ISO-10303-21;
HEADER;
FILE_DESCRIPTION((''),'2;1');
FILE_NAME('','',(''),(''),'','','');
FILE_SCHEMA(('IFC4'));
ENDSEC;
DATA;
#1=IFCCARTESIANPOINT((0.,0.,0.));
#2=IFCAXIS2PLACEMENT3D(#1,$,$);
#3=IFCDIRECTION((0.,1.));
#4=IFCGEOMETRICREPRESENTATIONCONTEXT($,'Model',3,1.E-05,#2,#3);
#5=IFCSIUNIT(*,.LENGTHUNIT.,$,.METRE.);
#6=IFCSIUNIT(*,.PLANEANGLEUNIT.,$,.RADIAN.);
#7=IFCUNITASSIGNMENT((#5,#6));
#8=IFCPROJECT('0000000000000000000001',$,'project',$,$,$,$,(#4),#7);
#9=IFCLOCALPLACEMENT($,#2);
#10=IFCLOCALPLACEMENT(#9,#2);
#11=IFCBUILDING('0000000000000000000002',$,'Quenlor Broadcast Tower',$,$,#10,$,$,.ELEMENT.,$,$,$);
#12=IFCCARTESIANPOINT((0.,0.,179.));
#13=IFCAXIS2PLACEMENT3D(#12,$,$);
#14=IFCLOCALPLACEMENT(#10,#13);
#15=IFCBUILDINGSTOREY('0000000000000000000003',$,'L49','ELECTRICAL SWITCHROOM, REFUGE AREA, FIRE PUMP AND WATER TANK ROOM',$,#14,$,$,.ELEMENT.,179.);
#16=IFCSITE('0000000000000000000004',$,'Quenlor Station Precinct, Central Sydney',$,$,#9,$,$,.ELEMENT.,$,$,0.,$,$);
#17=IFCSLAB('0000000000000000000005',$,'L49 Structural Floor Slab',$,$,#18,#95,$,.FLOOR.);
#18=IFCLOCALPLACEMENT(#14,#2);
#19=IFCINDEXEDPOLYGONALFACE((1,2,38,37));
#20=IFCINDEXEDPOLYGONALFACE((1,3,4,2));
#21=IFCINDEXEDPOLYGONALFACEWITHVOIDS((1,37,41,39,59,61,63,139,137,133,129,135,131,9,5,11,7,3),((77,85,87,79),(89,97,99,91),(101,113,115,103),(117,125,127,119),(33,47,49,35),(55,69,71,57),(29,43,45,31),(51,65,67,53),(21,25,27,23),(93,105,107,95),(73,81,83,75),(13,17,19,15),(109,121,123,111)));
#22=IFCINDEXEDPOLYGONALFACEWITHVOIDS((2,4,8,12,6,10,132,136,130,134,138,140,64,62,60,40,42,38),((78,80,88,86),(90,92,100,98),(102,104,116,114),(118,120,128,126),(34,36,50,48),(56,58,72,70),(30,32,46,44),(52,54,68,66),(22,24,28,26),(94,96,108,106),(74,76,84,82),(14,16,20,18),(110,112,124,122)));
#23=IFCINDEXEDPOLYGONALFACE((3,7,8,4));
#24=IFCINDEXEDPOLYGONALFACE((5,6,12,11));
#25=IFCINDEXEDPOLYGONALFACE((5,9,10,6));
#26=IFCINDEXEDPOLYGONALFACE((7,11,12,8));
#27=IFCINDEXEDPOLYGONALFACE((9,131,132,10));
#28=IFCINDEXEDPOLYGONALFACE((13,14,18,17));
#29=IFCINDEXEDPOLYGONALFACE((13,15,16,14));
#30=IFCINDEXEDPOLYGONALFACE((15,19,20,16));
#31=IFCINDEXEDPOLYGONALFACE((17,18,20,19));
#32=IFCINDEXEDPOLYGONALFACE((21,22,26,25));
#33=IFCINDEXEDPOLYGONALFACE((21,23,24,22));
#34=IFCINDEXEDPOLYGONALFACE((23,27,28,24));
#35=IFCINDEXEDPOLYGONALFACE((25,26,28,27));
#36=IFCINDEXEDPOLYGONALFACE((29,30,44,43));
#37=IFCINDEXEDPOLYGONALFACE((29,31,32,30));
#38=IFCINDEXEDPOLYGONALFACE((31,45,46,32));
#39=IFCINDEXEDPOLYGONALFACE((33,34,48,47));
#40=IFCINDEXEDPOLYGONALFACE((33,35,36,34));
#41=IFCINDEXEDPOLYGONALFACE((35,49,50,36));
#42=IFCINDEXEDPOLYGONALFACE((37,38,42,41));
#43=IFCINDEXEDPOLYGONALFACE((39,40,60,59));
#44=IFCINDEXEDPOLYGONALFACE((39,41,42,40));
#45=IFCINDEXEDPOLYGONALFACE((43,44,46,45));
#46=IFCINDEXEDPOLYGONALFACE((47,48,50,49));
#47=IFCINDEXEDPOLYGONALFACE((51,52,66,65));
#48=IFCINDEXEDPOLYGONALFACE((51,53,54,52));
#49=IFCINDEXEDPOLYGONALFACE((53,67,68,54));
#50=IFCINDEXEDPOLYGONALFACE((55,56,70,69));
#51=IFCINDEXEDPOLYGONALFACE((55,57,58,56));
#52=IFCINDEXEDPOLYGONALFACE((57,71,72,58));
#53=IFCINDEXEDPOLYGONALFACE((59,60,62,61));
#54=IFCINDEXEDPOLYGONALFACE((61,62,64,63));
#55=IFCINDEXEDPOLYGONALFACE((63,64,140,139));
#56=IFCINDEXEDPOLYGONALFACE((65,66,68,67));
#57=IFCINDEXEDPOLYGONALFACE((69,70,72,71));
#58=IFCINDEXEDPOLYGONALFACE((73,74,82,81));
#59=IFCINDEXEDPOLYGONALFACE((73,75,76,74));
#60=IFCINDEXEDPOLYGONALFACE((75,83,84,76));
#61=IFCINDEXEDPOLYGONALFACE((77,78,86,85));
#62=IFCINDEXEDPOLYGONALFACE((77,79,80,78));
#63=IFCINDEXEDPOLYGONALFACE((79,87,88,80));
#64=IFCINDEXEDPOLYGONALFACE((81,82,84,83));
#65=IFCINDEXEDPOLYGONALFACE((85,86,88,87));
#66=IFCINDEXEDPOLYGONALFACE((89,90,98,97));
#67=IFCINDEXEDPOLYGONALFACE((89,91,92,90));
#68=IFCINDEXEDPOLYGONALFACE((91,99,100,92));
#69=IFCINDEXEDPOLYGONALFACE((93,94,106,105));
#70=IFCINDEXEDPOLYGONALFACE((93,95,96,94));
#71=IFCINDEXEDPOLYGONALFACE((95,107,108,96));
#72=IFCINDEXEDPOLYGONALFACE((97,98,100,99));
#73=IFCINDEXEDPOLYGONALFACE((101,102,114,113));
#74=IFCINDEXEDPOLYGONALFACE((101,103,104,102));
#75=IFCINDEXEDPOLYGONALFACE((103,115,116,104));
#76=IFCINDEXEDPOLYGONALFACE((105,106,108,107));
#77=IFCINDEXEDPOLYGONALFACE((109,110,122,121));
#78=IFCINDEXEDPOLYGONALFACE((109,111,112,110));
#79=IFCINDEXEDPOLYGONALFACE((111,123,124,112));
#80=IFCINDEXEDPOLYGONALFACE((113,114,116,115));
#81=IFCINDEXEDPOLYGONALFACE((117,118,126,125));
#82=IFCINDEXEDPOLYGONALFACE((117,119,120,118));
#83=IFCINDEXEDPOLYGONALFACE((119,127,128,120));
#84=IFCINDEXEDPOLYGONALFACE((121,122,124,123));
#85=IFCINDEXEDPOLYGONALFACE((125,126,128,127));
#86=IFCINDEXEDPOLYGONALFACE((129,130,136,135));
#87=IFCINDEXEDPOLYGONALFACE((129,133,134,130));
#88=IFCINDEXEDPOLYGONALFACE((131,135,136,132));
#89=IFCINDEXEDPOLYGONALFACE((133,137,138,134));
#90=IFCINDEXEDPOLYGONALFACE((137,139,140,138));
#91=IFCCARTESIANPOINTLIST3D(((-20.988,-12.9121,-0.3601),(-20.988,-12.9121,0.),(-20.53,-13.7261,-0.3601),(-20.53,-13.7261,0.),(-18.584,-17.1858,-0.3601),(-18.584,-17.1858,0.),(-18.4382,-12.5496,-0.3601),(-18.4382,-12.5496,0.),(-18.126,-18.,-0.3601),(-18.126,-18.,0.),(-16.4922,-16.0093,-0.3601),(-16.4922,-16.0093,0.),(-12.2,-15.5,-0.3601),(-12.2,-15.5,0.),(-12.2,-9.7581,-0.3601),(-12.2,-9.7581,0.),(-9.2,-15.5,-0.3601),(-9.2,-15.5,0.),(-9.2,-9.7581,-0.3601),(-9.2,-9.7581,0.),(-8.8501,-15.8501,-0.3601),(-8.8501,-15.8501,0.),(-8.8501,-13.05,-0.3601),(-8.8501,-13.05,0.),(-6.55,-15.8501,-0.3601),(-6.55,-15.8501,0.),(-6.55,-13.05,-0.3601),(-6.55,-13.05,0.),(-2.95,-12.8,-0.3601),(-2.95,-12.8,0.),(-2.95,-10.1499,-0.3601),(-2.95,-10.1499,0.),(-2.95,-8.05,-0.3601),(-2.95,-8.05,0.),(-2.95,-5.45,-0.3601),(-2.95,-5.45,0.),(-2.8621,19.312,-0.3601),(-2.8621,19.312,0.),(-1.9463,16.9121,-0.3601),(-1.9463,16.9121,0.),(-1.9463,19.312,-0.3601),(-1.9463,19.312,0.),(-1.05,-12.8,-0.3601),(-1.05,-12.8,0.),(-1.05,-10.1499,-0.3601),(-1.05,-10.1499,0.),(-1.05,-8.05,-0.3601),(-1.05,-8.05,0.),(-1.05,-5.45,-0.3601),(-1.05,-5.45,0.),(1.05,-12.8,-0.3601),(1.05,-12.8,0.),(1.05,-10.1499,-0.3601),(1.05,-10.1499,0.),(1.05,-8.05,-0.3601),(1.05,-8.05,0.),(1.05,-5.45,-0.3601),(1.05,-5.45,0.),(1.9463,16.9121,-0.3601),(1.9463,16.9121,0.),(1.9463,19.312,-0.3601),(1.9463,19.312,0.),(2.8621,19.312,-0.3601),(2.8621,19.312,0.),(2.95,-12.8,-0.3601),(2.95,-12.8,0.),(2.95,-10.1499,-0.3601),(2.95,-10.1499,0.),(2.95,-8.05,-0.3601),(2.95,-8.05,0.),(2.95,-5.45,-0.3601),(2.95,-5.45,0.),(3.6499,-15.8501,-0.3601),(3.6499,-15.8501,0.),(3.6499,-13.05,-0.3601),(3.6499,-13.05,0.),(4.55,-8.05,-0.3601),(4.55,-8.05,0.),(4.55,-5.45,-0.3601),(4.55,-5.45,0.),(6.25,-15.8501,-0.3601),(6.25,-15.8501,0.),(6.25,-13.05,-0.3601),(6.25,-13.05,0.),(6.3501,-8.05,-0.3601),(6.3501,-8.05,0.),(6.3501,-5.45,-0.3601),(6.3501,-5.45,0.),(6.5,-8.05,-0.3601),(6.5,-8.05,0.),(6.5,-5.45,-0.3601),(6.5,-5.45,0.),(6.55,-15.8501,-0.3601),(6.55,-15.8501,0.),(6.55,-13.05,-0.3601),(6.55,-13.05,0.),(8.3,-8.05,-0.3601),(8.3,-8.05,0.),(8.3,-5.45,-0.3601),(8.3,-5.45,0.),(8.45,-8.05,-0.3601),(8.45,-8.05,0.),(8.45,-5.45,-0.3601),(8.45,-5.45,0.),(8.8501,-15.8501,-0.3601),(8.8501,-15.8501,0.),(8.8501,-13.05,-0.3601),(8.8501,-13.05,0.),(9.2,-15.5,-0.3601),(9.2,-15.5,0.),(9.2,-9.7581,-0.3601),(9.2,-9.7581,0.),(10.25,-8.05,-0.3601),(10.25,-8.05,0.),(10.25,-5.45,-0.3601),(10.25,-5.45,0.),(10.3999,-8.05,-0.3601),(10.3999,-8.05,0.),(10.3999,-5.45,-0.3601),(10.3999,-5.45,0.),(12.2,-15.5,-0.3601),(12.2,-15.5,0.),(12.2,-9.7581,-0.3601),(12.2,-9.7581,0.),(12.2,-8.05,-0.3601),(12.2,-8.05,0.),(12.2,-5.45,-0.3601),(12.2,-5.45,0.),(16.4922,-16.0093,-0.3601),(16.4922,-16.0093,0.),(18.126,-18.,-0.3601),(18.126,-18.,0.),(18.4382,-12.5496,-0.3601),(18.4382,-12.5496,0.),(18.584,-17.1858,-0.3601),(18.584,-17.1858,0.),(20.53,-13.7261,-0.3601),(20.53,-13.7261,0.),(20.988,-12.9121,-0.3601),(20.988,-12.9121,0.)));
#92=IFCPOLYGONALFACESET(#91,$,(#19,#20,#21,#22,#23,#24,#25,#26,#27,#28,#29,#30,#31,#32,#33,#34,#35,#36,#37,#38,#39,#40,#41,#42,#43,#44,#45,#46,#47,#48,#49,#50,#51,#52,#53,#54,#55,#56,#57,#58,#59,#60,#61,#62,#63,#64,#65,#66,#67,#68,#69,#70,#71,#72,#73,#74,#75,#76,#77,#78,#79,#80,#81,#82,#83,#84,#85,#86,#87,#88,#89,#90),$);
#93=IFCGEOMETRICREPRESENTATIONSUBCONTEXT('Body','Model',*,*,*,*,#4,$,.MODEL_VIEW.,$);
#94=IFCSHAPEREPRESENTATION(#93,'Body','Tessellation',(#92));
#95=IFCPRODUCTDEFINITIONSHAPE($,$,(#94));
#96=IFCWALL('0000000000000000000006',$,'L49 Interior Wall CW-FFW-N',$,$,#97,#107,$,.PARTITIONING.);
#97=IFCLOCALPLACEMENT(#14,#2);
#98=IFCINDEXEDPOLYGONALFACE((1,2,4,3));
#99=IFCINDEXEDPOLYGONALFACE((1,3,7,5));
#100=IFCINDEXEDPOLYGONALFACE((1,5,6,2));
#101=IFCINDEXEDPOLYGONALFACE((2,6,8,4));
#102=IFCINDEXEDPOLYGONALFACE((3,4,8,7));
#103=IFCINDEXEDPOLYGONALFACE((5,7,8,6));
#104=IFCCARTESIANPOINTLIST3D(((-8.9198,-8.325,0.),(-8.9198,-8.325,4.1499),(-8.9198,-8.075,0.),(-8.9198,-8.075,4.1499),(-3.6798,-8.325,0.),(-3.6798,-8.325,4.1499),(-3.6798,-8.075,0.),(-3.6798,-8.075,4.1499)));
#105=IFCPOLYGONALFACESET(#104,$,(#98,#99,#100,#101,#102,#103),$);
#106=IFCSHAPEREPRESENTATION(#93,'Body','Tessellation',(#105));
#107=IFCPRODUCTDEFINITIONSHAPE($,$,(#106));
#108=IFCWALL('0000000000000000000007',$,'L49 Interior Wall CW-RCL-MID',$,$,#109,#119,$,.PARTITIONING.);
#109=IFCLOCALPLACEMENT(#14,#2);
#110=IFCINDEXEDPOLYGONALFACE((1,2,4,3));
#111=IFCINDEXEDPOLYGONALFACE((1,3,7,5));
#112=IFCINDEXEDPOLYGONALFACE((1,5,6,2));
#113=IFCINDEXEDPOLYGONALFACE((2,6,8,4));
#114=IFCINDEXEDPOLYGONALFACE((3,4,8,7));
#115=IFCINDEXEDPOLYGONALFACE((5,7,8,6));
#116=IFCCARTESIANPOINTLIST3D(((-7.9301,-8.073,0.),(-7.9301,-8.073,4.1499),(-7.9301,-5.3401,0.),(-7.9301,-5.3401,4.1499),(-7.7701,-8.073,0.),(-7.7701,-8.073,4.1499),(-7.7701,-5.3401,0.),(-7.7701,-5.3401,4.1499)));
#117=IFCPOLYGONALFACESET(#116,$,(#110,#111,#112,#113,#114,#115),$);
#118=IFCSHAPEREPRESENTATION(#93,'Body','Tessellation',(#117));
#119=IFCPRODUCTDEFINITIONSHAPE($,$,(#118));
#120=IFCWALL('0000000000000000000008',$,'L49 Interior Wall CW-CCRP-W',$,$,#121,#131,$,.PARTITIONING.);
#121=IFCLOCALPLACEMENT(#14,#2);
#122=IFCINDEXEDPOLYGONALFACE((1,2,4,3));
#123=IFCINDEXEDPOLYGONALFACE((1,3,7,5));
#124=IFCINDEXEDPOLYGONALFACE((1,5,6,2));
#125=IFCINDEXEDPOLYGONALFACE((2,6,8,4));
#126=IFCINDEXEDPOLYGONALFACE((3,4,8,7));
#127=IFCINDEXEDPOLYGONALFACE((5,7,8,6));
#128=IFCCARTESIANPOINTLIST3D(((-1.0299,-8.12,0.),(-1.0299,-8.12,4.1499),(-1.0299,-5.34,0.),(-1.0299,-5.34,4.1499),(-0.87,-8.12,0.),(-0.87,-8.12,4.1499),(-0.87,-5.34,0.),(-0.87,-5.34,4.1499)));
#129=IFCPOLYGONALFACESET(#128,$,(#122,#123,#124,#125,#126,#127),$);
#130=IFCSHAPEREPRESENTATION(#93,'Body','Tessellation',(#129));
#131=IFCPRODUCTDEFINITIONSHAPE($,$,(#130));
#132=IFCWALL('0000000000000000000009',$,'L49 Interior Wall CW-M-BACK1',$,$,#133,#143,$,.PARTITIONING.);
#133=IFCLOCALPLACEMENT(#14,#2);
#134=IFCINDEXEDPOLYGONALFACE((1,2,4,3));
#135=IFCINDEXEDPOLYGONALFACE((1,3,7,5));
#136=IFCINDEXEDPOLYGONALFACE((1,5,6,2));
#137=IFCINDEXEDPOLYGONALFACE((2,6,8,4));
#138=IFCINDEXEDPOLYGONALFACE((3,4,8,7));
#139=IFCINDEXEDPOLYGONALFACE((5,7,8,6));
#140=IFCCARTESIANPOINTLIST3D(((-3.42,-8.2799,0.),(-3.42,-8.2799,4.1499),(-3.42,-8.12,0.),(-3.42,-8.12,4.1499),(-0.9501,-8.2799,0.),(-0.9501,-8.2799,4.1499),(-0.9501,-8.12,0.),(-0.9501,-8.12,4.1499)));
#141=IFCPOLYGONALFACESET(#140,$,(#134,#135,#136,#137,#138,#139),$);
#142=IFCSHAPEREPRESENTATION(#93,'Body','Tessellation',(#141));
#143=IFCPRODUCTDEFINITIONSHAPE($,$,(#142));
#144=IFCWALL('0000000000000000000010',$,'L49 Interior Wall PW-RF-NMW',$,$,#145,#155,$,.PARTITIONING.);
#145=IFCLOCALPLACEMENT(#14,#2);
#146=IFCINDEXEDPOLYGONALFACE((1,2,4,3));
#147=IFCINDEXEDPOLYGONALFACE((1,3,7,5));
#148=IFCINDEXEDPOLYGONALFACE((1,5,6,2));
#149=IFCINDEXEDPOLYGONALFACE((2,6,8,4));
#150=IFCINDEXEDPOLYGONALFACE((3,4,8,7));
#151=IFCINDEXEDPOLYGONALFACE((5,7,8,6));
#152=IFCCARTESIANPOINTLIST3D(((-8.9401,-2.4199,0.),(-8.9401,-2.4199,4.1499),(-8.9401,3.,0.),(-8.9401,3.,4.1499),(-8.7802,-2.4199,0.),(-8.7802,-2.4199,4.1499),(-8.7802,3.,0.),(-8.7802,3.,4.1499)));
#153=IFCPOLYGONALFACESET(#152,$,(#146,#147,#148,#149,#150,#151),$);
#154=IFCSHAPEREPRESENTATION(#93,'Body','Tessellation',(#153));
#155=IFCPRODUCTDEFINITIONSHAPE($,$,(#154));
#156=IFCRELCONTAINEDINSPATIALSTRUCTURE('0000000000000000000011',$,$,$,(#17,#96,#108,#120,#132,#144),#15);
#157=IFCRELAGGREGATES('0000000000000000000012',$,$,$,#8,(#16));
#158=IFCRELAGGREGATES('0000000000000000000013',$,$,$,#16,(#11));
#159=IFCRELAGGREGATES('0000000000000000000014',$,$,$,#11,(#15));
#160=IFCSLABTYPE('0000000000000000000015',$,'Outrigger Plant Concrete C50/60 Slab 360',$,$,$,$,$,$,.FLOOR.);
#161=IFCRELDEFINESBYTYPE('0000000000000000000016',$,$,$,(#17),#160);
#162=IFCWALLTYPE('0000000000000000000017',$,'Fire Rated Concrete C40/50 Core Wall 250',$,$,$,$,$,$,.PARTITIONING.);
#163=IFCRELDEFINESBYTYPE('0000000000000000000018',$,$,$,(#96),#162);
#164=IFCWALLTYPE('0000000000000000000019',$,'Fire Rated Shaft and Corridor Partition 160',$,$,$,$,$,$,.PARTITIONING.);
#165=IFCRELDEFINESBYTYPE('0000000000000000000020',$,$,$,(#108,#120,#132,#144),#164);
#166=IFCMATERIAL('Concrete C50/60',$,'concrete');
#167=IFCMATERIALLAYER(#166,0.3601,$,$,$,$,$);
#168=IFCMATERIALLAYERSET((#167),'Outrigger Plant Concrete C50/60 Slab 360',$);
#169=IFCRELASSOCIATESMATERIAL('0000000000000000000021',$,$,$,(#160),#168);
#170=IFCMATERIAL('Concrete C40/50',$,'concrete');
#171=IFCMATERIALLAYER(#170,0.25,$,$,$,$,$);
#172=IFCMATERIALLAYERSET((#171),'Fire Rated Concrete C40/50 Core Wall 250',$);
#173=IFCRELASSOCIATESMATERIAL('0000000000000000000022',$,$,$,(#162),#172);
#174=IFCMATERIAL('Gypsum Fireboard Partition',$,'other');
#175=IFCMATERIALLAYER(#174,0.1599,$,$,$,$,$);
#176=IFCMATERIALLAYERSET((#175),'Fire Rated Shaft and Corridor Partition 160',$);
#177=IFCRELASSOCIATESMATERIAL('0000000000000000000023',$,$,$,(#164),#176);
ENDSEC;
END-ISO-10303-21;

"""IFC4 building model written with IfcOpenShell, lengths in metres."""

from ifc_helpers import new_model, si_unit, direction, frame, frame_2d, origin, place, context, subcontext, project, spatial, polyline, rectangle, outline, extrude, material, layer, layer_set, type_object, element, save


model = new_model("IFC4")

# Units and contexts
model_context = context("Model", 3, precision=1e-05, world=origin(), true_north=direction((0.0, 1.0)))
body_context = subcontext(model_context, "Body", "Model", "MODEL_VIEW")
ifc_project = project(units=[si_unit("LENGTHUNIT", "METRE"), si_unit("PLANEANGLEUNIT", "RADIAN")], contexts=[model_context])

# Site, building, storey
site_placement = place(None, origin())
site = spatial("IfcSite", under=ifc_project, at=site_placement, Name="Quenlor Station Precinct, Central Sydney", CompositionType="ELEMENT", RefElevation=0.0)
building_placement = place(site_placement, origin())
building = spatial("IfcBuilding", under=site, at=building_placement, Name="Quenlor Broadcast Tower", CompositionType="ELEMENT")
storey_placement = place(building_placement, frame((0.0, 0.0, 179.0)))
storey = spatial("IfcBuildingStorey", under=building, at=storey_placement, Name="L49", Description="ELECTRICAL SWITCHROOM, REFUGE AREA, FIRE PUMP AND WATER TANK ROOM", CompositionType="ELEMENT", Elevation=179.0)

# Slab
ifc_material_1 = material(Name="Concrete C50/60", Category="concrete")
ifc_layer_1 = layer(ifc_material_1, 0.3601)
ifc_layer_set_1 = layer_set([ifc_layer_1], Name="Outrigger Plant Concrete C50/60 Slab 360")
slab_type = type_object("IfcSlabType", Name="Outrigger Plant Concrete C50/60 Slab 360", PredefinedType="FLOOR", material=ifc_layer_set_1)
slab_placement = place(storey_placement, frame((0.0, 0.0, -0.3601)))
element("IfcSlab", 1, at=slab_placement, inside=storey, type_object=slab_type, Name="L49 Structural Floor Slab", PredefinedType="FLOOR", context=body_context, shape_type="SweptSolid", body=[
    extrude(outline(polyline([(18.126, -18.0), (18.584, -17.1858), (16.4922, -16.0093), (18.4382, -12.5496), (20.53, -13.7261), (20.988, -12.9121), (2.8621, 19.312), (1.9463, 19.312), (1.9463, 16.9121), (-1.9463, 16.9121), (-1.9463, 19.312), (-2.8621, 19.312), (-20.988, -12.9121), (-20.53, -13.7261), (-18.4382, -12.5496), (-16.4922, -16.0093), (-18.584, -17.1858), (-18.126, -18.0), (18.126, -18.0)]), holes=[polyline([(-12.2, -9.7581), (-12.2, -15.5), (-9.2, -15.5), (-9.2, -9.7581), (-12.2, -9.7581)]), polyline([(9.2, -9.7581), (9.2, -15.5), (12.2, -15.5), (12.2, -9.7581), (9.2, -9.7581)]), polyline([(-2.95, -8.05), (-1.05, -8.05), (-1.05, -5.45), (-2.95, -5.45), (-2.95, -8.05)]), polyline([(1.05, -8.05), (2.95, -8.05), (2.95, -5.45), (1.05, -5.45), (1.05, -8.05)]), polyline([(-2.95, -12.8), (-1.05, -12.8), (-1.05, -10.1499), (-2.95, -10.1499), (-2.95, -12.8)]), polyline([(1.05, -12.8), (2.95, -12.8), (2.95, -10.1499), (1.05, -10.1499), (1.05, -12.8)]), polyline([(4.55, -8.05), (6.3501, -8.05), (6.3501, -5.45), (4.55, -5.45), (4.55, -8.05)]), polyline([(6.5, -8.05), (8.3, -8.05), (8.3, -5.45), (6.5, -5.45), (6.5, -8.05)]), polyline([(8.45, -8.05), (10.25, -8.05), (10.25, -5.45), (8.45, -5.45), (8.45, -8.05)]), polyline([(10.3999, -8.05), (12.2, -8.05), (12.2, -5.45), (10.3999, -5.45), (10.3999, -8.05)]), polyline([(-8.8501, -15.8501), (-6.55, -15.8501), (-6.55, -13.05), (-8.8501, -13.05), (-8.8501, -15.8501)]), polyline([(6.55, -15.8501), (8.8501, -15.8501), (8.8501, -13.05), (6.55, -13.05), (6.55, -15.8501)]), polyline([(3.6499, -15.8501), (6.25, -15.8501), (6.25, -13.05), (3.6499, -13.05), (3.6499, -15.8501)])]), origin(), (0.0, 0.0, 1.0), 0.3601),
])

# Wall
ifc_material_2 = material(Name="Concrete C40/50", Category="concrete")
ifc_layer_2 = layer(ifc_material_2, 0.25)
ifc_layer_set_2 = layer_set([ifc_layer_2], Name="Fire Rated Concrete C40/50 Core Wall 250")
wall_type_1 = type_object("IfcWallType", Name="Fire Rated Concrete C40/50 Core Wall 250", PredefinedType="PARTITIONING", material=ifc_layer_set_2)
wall_1_placement = place(storey_placement, frame((-8.9199, -8.2, 0.0), z_axis=(0.0, 0.0, 1.0), x_axis=(1.0, 0.0, 0.0)))
element("IfcWall", 2, at=wall_1_placement, inside=storey, type_object=wall_type_1, Name="L49 Interior Wall CW-FFW-N", PredefinedType="PARTITIONING", context=body_context, shape_type="SweptSolid", body=[
    extrude(rectangle(XDim=5.24, YDim=0.25, at=frame_2d((2.6201, 0.0))), origin(), (0.0, 0.0, 1.0), 4.1499),
])

# Walls
ifc_material_3 = material(Name="Gypsum Fireboard Partition", Category="other")
ifc_layer_3 = layer(ifc_material_3, 0.1599)
ifc_layer_set_3 = layer_set([ifc_layer_3], Name="Fire Rated Shaft and Corridor Partition 160")
wall_type_2 = type_object("IfcWallType", Name="Fire Rated Shaft and Corridor Partition 160", PredefinedType="PARTITIONING", material=ifc_layer_set_3)
wall_2_placement = place(storey_placement, frame((-7.8501, -8.073, 0.0), z_axis=(0.0, 0.0, 1.0), x_axis=(0.0, 1.0, 0.0)))
element("IfcWall", 3, at=wall_2_placement, inside=storey, type_object=wall_type_2, Name="L49 Interior Wall CW-RCL-MID", PredefinedType="PARTITIONING", context=body_context, shape_type="SweptSolid", body=[
    extrude(rectangle(XDim=2.7329, YDim=0.1599, at=frame_2d((1.3665, 0.0))), origin(), (0.0, 0.0, 1.0), 4.1499),
])
wall_3_placement = place(storey_placement, frame((-0.95, -8.1201, 0.0), z_axis=(0.0, 0.0, 1.0), x_axis=(0.0, 1.0, 0.0)))
element("IfcWall", 4, at=wall_3_placement, inside=storey, type_object=wall_type_2, Name="L49 Interior Wall CW-CCRP-W", PredefinedType="PARTITIONING", context=body_context, shape_type="SweptSolid", body=[
    extrude(rectangle(XDim=2.78, YDim=0.1599, at=frame_2d((1.3901, 0.0))), origin(), (0.0, 0.0, 1.0), 4.1499),
])
wall_4_placement = place(storey_placement, frame((-3.4199, -8.2, 0.0), z_axis=(0.0, 0.0, 1.0), x_axis=(1.0, 0.0, 0.0)))
element("IfcWall", 5, at=wall_4_placement, inside=storey, type_object=wall_type_2, Name="L49 Interior Wall CW-M-BACK1", PredefinedType="PARTITIONING", context=body_context, shape_type="SweptSolid", body=[
    extrude(rectangle(XDim=2.47, YDim=0.1599, at=frame_2d((1.2349, 0.0))), origin(), (0.0, 0.0, 1.0), 4.1499),
])
wall_5_placement = place(storey_placement, frame((-8.8601, -2.4199, 0.0), z_axis=(0.0, 0.0, 1.0), x_axis=(0.0, 1.0, 0.0)))
element("IfcWall", 6, at=wall_5_placement, inside=storey, type_object=wall_type_2, Name="L49 Interior Wall PW-RF-NMW", PredefinedType="PARTITIONING", context=body_context, shape_type="SweptSolid", body=[
    extrude(rectangle(XDim=5.4199, YDim=0.1599, at=frame_2d((2.71, 0.0))), origin(), (0.0, 0.0, 1.0), 4.1499),
])

save(model, "model.ifc")
